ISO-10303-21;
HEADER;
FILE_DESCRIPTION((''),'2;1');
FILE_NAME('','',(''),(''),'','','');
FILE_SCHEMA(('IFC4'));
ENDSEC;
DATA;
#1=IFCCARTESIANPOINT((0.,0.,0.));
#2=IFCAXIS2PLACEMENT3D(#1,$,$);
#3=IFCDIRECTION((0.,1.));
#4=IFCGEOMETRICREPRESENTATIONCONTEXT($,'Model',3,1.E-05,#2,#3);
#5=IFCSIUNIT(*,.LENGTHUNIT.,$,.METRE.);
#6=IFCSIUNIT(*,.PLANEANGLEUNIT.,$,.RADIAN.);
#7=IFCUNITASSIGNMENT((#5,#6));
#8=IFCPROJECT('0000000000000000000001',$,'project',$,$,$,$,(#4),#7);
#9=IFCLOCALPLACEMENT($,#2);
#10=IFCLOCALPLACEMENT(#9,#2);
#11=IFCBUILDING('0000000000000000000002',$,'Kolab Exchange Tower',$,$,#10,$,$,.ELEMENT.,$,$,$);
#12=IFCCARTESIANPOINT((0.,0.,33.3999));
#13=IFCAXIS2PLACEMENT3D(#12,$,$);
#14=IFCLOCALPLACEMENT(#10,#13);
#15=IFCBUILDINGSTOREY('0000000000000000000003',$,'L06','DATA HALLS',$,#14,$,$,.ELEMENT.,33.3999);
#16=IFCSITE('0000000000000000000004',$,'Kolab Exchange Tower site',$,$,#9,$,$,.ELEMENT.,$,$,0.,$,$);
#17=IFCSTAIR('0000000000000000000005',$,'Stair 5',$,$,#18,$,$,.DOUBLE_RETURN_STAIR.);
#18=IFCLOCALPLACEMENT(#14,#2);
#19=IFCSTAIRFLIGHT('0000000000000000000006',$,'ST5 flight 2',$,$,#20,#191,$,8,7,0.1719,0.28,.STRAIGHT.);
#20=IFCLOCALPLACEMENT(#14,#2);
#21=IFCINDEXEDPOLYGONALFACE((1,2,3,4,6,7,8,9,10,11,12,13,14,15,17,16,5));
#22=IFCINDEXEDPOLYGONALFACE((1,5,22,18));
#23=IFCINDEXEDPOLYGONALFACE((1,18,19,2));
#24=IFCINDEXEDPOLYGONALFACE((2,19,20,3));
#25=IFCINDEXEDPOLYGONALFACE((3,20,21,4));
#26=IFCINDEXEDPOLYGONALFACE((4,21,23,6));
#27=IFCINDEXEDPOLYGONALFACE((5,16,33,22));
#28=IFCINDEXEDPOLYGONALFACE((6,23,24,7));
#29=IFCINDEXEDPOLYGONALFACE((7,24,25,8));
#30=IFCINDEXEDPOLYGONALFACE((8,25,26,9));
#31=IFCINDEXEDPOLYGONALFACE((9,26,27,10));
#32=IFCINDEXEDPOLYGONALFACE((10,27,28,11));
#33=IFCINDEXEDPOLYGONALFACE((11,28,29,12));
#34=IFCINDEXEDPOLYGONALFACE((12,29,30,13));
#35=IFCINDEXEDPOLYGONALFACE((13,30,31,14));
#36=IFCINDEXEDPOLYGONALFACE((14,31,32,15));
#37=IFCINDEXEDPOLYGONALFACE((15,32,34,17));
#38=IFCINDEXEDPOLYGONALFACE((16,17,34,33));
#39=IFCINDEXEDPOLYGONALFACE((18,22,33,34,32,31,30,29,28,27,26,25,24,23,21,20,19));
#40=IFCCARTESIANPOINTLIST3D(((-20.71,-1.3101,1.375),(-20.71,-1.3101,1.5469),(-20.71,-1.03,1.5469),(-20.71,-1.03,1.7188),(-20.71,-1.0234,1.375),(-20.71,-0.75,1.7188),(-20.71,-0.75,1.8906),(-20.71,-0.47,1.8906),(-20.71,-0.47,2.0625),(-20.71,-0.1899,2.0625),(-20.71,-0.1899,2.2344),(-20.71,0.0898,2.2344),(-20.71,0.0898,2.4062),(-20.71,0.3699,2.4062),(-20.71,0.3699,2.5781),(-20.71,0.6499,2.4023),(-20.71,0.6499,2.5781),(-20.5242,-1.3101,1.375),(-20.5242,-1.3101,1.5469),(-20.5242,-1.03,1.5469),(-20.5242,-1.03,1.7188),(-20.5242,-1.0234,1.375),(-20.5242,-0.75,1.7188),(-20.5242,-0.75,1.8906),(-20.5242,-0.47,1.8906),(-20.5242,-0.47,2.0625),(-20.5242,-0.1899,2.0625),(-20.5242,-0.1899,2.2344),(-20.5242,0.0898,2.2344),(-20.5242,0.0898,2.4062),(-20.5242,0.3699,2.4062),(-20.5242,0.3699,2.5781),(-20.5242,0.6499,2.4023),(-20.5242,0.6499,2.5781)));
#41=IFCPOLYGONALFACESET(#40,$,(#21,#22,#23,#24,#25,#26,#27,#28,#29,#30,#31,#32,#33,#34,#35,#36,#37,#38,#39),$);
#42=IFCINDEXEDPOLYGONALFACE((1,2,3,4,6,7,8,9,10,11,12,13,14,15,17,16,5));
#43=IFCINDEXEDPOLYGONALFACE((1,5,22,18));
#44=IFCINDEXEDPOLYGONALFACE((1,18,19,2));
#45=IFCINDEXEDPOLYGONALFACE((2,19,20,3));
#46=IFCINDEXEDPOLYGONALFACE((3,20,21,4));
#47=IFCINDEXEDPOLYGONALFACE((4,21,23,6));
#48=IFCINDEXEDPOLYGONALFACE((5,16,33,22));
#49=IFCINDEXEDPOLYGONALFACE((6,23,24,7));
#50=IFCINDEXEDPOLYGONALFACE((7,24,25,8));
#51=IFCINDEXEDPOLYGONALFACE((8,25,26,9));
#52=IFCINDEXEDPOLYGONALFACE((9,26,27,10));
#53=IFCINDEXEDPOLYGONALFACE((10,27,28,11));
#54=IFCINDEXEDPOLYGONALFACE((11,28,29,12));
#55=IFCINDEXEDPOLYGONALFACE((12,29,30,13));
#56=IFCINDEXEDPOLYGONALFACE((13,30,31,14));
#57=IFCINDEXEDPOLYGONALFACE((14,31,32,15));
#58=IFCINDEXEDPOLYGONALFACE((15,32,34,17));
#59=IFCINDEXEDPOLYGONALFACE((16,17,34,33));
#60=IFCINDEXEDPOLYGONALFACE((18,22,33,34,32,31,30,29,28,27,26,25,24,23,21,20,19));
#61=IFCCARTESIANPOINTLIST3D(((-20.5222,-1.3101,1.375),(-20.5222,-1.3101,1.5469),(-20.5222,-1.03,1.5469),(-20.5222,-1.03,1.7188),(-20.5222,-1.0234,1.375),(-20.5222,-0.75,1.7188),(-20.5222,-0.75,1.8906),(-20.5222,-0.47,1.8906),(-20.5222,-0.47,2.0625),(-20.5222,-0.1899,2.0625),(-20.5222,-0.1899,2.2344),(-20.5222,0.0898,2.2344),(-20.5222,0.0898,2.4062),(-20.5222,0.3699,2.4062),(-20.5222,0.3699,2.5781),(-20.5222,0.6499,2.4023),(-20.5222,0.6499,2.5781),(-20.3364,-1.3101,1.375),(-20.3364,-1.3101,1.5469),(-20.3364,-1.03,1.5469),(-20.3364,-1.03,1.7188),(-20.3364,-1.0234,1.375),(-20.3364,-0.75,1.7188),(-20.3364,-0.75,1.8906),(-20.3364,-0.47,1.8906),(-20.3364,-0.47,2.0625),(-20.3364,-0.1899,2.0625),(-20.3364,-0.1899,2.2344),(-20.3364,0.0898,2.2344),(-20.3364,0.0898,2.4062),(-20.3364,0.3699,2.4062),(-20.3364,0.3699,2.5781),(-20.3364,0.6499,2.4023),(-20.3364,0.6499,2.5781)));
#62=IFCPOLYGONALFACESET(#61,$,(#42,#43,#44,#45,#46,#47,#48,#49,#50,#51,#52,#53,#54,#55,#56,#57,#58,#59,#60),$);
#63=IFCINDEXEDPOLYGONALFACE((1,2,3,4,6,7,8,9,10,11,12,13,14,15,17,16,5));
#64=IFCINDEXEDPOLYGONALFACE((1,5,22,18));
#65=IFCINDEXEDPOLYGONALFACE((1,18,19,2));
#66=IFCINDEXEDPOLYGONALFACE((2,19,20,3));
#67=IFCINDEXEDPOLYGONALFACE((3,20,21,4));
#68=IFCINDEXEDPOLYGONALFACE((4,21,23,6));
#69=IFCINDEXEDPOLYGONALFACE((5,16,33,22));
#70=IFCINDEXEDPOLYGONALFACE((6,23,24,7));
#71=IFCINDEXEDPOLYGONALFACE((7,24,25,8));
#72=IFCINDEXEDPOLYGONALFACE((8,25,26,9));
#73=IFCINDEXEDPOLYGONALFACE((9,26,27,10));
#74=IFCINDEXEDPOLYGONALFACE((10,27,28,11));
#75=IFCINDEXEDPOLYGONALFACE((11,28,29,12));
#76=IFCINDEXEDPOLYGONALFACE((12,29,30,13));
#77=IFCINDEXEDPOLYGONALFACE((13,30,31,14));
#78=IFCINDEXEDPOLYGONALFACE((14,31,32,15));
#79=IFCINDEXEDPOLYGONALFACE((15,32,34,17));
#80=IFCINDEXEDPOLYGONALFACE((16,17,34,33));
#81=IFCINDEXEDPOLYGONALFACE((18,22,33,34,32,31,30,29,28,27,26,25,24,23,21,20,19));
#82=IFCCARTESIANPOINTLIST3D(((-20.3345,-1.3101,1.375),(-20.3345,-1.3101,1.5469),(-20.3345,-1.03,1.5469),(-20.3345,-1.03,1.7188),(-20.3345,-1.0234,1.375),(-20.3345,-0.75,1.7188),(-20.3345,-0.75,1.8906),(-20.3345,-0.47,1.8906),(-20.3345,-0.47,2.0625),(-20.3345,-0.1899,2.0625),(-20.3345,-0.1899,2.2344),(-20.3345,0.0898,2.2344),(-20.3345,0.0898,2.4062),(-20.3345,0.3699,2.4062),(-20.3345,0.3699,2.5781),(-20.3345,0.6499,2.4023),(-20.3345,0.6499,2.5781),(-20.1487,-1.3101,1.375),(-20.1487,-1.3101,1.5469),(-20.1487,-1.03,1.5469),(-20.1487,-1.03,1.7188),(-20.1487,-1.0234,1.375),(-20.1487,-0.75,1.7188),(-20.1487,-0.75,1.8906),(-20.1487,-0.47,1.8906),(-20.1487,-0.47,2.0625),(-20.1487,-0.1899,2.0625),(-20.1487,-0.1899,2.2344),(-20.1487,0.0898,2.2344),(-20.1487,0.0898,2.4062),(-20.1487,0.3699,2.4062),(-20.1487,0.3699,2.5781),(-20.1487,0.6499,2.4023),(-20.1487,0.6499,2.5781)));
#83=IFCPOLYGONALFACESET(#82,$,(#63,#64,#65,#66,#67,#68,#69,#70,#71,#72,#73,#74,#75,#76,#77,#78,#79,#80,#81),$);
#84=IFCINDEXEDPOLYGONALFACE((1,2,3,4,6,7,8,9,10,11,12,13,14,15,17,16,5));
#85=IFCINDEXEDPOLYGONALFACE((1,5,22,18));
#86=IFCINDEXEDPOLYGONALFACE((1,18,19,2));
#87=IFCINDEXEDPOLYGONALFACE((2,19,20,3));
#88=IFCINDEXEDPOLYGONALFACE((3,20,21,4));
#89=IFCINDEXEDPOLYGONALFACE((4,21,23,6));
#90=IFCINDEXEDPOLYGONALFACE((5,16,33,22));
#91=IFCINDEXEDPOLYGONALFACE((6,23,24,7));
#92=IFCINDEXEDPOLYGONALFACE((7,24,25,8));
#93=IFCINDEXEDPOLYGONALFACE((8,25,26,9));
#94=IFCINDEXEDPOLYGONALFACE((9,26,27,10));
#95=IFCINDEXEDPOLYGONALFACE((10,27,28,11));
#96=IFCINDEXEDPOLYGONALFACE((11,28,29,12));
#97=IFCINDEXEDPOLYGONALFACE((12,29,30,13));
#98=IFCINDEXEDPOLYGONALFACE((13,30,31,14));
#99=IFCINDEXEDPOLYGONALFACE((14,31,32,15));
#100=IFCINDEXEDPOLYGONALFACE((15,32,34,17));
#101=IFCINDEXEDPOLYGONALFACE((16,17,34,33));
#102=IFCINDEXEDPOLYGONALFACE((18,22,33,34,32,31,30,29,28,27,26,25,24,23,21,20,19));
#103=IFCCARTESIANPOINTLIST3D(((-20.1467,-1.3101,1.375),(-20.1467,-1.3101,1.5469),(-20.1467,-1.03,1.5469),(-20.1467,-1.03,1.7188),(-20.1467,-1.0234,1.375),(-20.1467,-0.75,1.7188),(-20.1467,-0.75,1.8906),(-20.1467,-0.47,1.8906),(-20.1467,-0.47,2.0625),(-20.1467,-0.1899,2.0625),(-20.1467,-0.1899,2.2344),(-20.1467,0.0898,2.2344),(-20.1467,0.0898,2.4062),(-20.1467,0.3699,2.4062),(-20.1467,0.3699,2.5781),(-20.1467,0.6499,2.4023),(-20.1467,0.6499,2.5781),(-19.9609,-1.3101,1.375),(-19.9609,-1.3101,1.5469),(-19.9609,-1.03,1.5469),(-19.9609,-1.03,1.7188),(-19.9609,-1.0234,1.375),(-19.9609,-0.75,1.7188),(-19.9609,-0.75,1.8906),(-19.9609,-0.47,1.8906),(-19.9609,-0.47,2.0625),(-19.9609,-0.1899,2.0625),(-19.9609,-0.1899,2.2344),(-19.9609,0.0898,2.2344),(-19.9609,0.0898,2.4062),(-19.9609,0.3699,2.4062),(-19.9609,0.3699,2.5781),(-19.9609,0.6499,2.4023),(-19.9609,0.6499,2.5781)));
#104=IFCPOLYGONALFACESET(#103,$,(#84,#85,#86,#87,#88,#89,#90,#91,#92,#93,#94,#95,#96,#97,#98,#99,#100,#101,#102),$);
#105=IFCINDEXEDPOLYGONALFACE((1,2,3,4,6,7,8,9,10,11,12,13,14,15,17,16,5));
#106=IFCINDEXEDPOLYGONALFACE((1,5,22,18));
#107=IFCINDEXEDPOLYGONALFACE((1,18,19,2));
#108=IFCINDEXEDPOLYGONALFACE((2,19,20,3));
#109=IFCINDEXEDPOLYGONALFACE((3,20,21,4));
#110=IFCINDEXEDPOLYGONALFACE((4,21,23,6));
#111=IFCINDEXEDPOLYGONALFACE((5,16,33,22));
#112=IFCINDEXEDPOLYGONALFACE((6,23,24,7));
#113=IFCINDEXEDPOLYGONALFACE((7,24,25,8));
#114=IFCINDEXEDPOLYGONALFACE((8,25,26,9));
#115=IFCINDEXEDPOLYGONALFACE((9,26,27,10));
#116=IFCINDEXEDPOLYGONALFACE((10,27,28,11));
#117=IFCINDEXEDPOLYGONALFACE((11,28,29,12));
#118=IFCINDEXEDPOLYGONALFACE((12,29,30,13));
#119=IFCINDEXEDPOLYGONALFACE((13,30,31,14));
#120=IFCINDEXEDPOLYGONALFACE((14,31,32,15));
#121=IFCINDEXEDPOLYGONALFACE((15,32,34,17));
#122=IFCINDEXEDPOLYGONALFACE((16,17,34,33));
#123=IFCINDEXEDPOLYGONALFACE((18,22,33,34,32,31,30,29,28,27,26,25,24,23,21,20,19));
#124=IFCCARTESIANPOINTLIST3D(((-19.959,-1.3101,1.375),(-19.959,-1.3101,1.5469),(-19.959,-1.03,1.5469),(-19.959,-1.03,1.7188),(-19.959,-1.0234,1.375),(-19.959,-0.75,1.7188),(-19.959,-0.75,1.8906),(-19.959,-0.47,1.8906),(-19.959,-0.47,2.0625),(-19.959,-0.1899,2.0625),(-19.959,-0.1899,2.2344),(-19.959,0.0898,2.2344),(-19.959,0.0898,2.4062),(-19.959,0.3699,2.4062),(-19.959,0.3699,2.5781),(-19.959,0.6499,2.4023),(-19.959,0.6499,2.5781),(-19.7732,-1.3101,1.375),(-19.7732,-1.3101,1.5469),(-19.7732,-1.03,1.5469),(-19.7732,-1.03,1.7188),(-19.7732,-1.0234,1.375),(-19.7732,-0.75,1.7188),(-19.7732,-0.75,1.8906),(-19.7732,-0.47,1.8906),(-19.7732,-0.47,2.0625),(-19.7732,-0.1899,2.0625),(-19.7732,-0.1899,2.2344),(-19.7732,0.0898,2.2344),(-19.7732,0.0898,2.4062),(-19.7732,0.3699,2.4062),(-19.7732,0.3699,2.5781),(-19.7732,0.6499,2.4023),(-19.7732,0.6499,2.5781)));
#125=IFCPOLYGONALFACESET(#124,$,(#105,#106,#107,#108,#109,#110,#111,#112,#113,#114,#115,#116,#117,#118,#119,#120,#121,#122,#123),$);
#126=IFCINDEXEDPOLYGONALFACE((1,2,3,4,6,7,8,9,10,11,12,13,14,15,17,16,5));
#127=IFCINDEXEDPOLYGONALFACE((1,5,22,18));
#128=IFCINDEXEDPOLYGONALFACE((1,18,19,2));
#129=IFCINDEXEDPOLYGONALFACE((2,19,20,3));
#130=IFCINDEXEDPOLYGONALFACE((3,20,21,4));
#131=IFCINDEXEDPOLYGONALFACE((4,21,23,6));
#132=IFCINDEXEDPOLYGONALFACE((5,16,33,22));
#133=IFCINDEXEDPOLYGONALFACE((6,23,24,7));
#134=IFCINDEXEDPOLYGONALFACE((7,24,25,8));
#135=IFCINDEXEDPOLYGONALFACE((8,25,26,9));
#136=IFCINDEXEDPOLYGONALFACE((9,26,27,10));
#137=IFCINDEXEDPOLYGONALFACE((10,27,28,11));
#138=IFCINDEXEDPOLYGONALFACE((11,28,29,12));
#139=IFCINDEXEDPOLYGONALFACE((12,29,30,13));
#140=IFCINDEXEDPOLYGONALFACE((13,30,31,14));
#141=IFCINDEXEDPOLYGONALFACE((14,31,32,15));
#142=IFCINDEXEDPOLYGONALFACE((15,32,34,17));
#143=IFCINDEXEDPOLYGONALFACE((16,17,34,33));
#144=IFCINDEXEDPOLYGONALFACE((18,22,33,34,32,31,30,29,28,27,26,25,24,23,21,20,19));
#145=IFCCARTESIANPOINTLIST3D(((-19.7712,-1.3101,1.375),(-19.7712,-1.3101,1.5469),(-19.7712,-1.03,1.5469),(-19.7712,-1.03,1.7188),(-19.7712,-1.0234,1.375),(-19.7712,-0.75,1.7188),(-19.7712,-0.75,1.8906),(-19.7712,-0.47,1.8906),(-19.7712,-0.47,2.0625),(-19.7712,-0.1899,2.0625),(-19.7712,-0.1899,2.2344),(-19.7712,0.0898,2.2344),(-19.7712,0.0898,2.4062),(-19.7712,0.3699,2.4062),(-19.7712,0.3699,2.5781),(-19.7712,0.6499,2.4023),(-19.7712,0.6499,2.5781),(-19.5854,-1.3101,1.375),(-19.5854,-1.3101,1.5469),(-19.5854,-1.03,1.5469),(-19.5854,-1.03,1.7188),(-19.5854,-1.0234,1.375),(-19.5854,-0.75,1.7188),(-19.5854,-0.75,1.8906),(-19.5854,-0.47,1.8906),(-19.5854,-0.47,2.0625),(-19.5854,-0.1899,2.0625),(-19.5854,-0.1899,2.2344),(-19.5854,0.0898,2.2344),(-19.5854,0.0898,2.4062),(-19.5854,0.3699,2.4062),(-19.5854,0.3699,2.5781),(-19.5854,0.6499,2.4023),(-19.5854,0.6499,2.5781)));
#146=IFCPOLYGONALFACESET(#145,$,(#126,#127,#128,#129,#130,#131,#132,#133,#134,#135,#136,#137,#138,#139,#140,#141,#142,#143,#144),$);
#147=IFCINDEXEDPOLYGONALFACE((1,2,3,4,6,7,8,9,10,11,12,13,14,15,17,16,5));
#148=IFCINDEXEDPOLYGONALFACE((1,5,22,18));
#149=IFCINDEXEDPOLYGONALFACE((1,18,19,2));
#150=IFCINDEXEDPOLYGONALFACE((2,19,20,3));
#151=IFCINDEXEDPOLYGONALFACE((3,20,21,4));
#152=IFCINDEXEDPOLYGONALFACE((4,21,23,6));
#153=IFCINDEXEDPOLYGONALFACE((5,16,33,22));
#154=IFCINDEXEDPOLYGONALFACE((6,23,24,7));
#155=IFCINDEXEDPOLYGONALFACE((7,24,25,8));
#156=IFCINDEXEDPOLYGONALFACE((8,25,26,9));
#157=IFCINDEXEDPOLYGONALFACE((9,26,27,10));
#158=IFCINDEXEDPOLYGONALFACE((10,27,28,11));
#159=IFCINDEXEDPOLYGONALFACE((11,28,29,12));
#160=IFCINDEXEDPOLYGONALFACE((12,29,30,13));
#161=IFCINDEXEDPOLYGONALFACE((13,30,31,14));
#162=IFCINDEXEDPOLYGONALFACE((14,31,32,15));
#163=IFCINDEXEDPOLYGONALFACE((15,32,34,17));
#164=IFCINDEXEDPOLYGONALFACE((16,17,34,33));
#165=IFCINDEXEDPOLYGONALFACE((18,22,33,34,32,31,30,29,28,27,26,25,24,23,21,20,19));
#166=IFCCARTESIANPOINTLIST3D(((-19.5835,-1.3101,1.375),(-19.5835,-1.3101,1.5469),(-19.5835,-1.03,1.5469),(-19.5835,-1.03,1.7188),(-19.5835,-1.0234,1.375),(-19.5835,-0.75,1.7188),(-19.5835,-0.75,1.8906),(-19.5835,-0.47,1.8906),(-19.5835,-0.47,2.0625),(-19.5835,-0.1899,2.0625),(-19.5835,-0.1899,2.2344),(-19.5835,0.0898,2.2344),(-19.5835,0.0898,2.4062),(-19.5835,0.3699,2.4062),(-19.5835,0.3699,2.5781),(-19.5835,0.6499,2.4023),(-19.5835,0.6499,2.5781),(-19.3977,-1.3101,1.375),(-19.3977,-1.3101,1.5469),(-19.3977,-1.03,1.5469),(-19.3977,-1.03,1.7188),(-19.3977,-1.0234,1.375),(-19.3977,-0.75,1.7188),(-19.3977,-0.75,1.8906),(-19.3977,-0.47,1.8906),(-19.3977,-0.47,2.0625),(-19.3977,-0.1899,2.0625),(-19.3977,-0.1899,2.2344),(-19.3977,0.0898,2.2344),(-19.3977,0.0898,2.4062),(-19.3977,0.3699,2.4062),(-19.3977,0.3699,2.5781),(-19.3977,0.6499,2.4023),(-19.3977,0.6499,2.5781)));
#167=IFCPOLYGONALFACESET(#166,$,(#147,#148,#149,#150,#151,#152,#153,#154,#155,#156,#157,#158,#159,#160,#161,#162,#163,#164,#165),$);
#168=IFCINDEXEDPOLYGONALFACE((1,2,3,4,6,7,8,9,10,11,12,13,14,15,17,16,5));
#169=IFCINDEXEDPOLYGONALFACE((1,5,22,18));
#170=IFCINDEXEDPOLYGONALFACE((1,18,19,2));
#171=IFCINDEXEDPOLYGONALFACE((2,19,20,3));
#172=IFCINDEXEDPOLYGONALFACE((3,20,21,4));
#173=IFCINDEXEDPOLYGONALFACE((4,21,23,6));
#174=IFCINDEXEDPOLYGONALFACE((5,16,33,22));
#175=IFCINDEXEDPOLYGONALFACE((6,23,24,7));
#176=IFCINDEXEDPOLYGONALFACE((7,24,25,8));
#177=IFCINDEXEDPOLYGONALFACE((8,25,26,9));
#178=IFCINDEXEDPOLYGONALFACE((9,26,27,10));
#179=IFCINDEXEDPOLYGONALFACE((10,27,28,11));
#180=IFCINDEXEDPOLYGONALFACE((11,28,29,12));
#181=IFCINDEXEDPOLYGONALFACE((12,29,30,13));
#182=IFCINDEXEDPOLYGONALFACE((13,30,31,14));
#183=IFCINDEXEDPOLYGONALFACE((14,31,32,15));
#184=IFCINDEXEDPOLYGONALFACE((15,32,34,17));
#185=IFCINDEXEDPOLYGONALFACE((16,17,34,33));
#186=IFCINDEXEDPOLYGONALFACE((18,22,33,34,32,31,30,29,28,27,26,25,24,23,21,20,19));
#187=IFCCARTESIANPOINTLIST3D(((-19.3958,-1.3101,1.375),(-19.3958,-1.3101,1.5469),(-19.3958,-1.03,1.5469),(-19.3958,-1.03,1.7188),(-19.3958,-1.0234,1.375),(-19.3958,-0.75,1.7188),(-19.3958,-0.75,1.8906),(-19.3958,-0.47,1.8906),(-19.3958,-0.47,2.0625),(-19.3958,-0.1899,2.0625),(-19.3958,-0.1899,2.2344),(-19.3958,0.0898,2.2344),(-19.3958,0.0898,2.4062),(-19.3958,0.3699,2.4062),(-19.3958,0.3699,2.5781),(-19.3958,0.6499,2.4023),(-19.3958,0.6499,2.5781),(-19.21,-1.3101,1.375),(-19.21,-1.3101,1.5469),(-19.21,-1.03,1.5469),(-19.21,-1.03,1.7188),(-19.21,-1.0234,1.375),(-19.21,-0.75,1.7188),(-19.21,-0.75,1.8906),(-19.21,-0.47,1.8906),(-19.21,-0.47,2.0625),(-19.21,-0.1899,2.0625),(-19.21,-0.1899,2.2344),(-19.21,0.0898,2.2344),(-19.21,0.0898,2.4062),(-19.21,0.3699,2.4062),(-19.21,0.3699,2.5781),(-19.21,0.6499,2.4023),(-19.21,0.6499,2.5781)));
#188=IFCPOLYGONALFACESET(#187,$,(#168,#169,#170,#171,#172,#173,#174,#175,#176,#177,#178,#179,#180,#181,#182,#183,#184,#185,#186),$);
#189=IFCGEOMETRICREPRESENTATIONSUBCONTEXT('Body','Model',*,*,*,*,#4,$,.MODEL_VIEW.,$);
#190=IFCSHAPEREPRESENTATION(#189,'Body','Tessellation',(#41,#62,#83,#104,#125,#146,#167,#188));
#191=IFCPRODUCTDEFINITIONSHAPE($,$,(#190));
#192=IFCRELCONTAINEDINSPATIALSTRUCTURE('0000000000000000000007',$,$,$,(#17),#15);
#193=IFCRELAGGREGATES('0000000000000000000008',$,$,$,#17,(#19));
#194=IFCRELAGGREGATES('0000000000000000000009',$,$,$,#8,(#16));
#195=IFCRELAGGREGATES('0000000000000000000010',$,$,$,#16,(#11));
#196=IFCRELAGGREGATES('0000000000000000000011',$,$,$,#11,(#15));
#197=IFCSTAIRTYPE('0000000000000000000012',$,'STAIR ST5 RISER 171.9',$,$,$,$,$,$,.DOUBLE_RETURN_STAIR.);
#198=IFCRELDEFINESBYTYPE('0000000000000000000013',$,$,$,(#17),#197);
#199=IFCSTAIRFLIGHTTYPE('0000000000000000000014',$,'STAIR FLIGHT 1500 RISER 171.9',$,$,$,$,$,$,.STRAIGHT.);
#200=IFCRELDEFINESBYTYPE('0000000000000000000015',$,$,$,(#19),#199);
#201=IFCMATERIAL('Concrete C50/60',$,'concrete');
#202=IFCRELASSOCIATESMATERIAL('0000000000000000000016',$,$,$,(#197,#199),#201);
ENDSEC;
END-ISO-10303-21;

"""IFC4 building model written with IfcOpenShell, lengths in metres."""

from ifc_helpers import new_model, si_unit, direction, frame, origin, place, context, subcontext, project, spatial, polyline, outline, extrude, material, type_object, element, aggregate, save


model = new_model("IFC4")

# Units and contexts
model_context = context("Model", 3, precision=1e-05, world=origin(), true_north=direction((0.0, 1.0)))
body_context = subcontext(model_context, "Body", "Model", "MODEL_VIEW")
ifc_project = project(units=[si_unit("LENGTHUNIT", "METRE"), si_unit("PLANEANGLEUNIT", "RADIAN")], contexts=[model_context])

# Site, building, storey
site_placement = place(None, origin())
site = spatial("IfcSite", under=ifc_project, at=site_placement, Name="Kolab Exchange Tower site", CompositionType="ELEMENT", RefElevation=0.0)
building_placement = place(site_placement, origin())
building = spatial("IfcBuilding", under=site, at=building_placement, Name="Kolab Exchange Tower", CompositionType="ELEMENT")
storey_placement = place(building_placement, frame((0.0, 0.0, 33.3999)))
storey = spatial("IfcBuildingStorey", under=building, at=storey_placement, Name="L06", Description="DATA HALLS", CompositionType="ELEMENT", Elevation=33.3999)

# Shared definitions
ifc_material_1 = material(Name="Concrete C50/60", Category="concrete")

# Stair, stair flight
stair_type = type_object("IfcStairType", Name="STAIR ST5 RISER 171.9", PredefinedType="DOUBLE_RETURN_STAIR", material=ifc_material_1)
stair_placement = place(storey_placement, origin())
stair = element("IfcStair", 1, at=stair_placement, inside=storey, type_object=stair_type, Name="Stair 5", PredefinedType="DOUBLE_RETURN_STAIR")
stair_flight_type = type_object("IfcStairFlightType", Name="STAIR FLIGHT 1500 RISER 171.9", PredefinedType="STRAIGHT", material=ifc_material_1)
stair_flight_1_placement = place(storey_placement, frame((-19.96, -1.3101, 1.375), z_axis=(0.0, 0.0, 1.0), x_axis=(0.0, 1.0, 0.0)))
stair_flight_1 = element("IfcStairFlight", 2, at=stair_flight_1_placement, type_object=stair_flight_type, Name="ST5 flight 2", NumberOfRisers=8, NumberOfTreads=7, PredefinedType="STRAIGHT", RiserHeight=0.1719, TreadLength=0.28, context=body_context, shape_type="SweptSolid", body=[
    extrude(outline(polyline([(0.0, 0.0), (0.0, 0.1719), (0.28, 0.1719), (0.28, 0.3438), (0.5601, 0.3438), (0.5601, 0.5156), (0.8401, 0.5156), (0.8401, 0.6875), (1.1201, 0.6875), (1.1201, 0.8594), (1.3999, 0.8594), (1.3999, 1.0312), (1.6799, 1.0312), (1.6799, 1.2031), (1.96, 1.2031), (1.96, 1.375), (1.96, 1.0273), (0.2866, 0.0), (0.0, 0.0)])), frame((0.0, 0.75, 0.0), z_axis=(0.0, -1.0, 0.0), x_axis=(1.0, 0.0, 0.0)), (0.0, 0.0, 1.0), 0.1858),
    extrude(outline(polyline([(0.0, 0.0), (0.0, 0.1719), (0.28, 0.1719), (0.28, 0.3438), (0.5601, 0.3438), (0.5601, 0.5156), (0.8401, 0.5156), (0.8401, 0.6875), (1.1201, 0.6875), (1.1201, 0.8594), (1.3999, 0.8594), (1.3999, 1.0312), (1.6799, 1.0312), (1.6799, 1.2031), (1.96, 1.2031), (1.96, 1.375), (1.96, 1.0273), (0.2866, 0.0), (0.0, 0.0)])), frame((0.0, 0.5623, 0.0), z_axis=(0.0, -1.0, 0.0), x_axis=(1.0, 0.0, 0.0)), (0.0, 0.0, 1.0), 0.1858),
    extrude(outline(polyline([(0.0, 0.0), (0.0, 0.1719), (0.28, 0.1719), (0.28, 0.3438), (0.5601, 0.3438), (0.5601, 0.5156), (0.8401, 0.5156), (0.8401, 0.6875), (1.1201, 0.6875), (1.1201, 0.8594), (1.3999, 0.8594), (1.3999, 1.0312), (1.6799, 1.0312), (1.6799, 1.2031), (1.96, 1.2031), (1.96, 1.375), (1.96, 1.0273), (0.2866, 0.0), (0.0, 0.0)])), frame((0.0, 0.3745, 0.0), z_axis=(0.0, -1.0, 0.0), x_axis=(1.0, 0.0, 0.0)), (0.0, 0.0, 1.0), 0.1858),
    extrude(outline(polyline([(0.0, 0.0), (0.0, 0.1719), (0.28, 0.1719), (0.28, 0.3438), (0.5601, 0.3438), (0.5601, 0.5156), (0.8401, 0.5156), (0.8401, 0.6875), (1.1201, 0.6875), (1.1201, 0.8594), (1.3999, 0.8594), (1.3999, 1.0312), (1.6799, 1.0312), (1.6799, 1.2031), (1.96, 1.2031), (1.96, 1.375), (1.96, 1.0273), (0.2866, 0.0), (0.0, 0.0)])), frame((0.0, 0.1868, 0.0), z_axis=(0.0, -1.0, 0.0), x_axis=(1.0, 0.0, 0.0)), (0.0, 0.0, 1.0), 0.1858),
    extrude(outline(polyline([(0.0, 0.0), (0.0, 0.1719), (0.28, 0.1719), (0.28, 0.3438), (0.5601, 0.3438), (0.5601, 0.5156), (0.8401, 0.5156), (0.8401, 0.6875), (1.1201, 0.6875), (1.1201, 0.8594), (1.3999, 0.8594), (1.3999, 1.0312), (1.6799, 1.0312), (1.6799, 1.2031), (1.96, 1.2031), (1.96, 1.375), (1.96, 1.0273), (0.2866, 0.0), (0.0, 0.0)])), frame((0.0, -0.001, 0.0), z_axis=(0.0, -1.0, 0.0), x_axis=(1.0, 0.0, 0.0)), (0.0, 0.0, 1.0), 0.1858),
    extrude(outline(polyline([(0.0, 0.0), (0.0, 0.1719), (0.28, 0.1719), (0.28, 0.3438), (0.5601, 0.3438), (0.5601, 0.5156), (0.8401, 0.5156), (0.8401, 0.6875), (1.1201, 0.6875), (1.1201, 0.8594), (1.3999, 0.8594), (1.3999, 1.0312), (1.6799, 1.0312), (1.6799, 1.2031), (1.96, 1.2031), (1.96, 1.375), (1.96, 1.0273), (0.2866, 0.0), (0.0, 0.0)])), frame((0.0, -0.1887, 0.0), z_axis=(0.0, -1.0, 0.0), x_axis=(1.0, 0.0, 0.0)), (0.0, 0.0, 1.0), 0.1858),
    extrude(outline(polyline([(0.0, 0.0), (0.0, 0.1719), (0.28, 0.1719), (0.28, 0.3438), (0.5601, 0.3438), (0.5601, 0.5156), (0.8401, 0.5156), (0.8401, 0.6875), (1.1201, 0.6875), (1.1201, 0.8594), (1.3999, 0.8594), (1.3999, 1.0312), (1.6799, 1.0312), (1.6799, 1.2031), (1.96, 1.2031), (1.96, 1.375), (1.96, 1.0273), (0.2866, 0.0), (0.0, 0.0)])), frame((0.0, -0.3765, 0.0), z_axis=(0.0, -1.0, 0.0), x_axis=(1.0, 0.0, 0.0)), (0.0, 0.0, 1.0), 0.1858),
    extrude(outline(polyline([(0.0, 0.0), (0.0, 0.1719), (0.28, 0.1719), (0.28, 0.3438), (0.5601, 0.3438), (0.5601, 0.5156), (0.8401, 0.5156), (0.8401, 0.6875), (1.1201, 0.6875), (1.1201, 0.8594), (1.3999, 0.8594), (1.3999, 1.0312), (1.6799, 1.0312), (1.6799, 1.2031), (1.96, 1.2031), (1.96, 1.375), (1.96, 1.0273), (0.2866, 0.0), (0.0, 0.0)])), frame((0.0, -0.5642, 0.0), z_axis=(0.0, -1.0, 0.0), x_axis=(1.0, 0.0, 0.0)), (0.0, 0.0, 1.0), 0.1858),
])
aggregate(stair, [stair_flight_1])

save(model, "model.ifc")
